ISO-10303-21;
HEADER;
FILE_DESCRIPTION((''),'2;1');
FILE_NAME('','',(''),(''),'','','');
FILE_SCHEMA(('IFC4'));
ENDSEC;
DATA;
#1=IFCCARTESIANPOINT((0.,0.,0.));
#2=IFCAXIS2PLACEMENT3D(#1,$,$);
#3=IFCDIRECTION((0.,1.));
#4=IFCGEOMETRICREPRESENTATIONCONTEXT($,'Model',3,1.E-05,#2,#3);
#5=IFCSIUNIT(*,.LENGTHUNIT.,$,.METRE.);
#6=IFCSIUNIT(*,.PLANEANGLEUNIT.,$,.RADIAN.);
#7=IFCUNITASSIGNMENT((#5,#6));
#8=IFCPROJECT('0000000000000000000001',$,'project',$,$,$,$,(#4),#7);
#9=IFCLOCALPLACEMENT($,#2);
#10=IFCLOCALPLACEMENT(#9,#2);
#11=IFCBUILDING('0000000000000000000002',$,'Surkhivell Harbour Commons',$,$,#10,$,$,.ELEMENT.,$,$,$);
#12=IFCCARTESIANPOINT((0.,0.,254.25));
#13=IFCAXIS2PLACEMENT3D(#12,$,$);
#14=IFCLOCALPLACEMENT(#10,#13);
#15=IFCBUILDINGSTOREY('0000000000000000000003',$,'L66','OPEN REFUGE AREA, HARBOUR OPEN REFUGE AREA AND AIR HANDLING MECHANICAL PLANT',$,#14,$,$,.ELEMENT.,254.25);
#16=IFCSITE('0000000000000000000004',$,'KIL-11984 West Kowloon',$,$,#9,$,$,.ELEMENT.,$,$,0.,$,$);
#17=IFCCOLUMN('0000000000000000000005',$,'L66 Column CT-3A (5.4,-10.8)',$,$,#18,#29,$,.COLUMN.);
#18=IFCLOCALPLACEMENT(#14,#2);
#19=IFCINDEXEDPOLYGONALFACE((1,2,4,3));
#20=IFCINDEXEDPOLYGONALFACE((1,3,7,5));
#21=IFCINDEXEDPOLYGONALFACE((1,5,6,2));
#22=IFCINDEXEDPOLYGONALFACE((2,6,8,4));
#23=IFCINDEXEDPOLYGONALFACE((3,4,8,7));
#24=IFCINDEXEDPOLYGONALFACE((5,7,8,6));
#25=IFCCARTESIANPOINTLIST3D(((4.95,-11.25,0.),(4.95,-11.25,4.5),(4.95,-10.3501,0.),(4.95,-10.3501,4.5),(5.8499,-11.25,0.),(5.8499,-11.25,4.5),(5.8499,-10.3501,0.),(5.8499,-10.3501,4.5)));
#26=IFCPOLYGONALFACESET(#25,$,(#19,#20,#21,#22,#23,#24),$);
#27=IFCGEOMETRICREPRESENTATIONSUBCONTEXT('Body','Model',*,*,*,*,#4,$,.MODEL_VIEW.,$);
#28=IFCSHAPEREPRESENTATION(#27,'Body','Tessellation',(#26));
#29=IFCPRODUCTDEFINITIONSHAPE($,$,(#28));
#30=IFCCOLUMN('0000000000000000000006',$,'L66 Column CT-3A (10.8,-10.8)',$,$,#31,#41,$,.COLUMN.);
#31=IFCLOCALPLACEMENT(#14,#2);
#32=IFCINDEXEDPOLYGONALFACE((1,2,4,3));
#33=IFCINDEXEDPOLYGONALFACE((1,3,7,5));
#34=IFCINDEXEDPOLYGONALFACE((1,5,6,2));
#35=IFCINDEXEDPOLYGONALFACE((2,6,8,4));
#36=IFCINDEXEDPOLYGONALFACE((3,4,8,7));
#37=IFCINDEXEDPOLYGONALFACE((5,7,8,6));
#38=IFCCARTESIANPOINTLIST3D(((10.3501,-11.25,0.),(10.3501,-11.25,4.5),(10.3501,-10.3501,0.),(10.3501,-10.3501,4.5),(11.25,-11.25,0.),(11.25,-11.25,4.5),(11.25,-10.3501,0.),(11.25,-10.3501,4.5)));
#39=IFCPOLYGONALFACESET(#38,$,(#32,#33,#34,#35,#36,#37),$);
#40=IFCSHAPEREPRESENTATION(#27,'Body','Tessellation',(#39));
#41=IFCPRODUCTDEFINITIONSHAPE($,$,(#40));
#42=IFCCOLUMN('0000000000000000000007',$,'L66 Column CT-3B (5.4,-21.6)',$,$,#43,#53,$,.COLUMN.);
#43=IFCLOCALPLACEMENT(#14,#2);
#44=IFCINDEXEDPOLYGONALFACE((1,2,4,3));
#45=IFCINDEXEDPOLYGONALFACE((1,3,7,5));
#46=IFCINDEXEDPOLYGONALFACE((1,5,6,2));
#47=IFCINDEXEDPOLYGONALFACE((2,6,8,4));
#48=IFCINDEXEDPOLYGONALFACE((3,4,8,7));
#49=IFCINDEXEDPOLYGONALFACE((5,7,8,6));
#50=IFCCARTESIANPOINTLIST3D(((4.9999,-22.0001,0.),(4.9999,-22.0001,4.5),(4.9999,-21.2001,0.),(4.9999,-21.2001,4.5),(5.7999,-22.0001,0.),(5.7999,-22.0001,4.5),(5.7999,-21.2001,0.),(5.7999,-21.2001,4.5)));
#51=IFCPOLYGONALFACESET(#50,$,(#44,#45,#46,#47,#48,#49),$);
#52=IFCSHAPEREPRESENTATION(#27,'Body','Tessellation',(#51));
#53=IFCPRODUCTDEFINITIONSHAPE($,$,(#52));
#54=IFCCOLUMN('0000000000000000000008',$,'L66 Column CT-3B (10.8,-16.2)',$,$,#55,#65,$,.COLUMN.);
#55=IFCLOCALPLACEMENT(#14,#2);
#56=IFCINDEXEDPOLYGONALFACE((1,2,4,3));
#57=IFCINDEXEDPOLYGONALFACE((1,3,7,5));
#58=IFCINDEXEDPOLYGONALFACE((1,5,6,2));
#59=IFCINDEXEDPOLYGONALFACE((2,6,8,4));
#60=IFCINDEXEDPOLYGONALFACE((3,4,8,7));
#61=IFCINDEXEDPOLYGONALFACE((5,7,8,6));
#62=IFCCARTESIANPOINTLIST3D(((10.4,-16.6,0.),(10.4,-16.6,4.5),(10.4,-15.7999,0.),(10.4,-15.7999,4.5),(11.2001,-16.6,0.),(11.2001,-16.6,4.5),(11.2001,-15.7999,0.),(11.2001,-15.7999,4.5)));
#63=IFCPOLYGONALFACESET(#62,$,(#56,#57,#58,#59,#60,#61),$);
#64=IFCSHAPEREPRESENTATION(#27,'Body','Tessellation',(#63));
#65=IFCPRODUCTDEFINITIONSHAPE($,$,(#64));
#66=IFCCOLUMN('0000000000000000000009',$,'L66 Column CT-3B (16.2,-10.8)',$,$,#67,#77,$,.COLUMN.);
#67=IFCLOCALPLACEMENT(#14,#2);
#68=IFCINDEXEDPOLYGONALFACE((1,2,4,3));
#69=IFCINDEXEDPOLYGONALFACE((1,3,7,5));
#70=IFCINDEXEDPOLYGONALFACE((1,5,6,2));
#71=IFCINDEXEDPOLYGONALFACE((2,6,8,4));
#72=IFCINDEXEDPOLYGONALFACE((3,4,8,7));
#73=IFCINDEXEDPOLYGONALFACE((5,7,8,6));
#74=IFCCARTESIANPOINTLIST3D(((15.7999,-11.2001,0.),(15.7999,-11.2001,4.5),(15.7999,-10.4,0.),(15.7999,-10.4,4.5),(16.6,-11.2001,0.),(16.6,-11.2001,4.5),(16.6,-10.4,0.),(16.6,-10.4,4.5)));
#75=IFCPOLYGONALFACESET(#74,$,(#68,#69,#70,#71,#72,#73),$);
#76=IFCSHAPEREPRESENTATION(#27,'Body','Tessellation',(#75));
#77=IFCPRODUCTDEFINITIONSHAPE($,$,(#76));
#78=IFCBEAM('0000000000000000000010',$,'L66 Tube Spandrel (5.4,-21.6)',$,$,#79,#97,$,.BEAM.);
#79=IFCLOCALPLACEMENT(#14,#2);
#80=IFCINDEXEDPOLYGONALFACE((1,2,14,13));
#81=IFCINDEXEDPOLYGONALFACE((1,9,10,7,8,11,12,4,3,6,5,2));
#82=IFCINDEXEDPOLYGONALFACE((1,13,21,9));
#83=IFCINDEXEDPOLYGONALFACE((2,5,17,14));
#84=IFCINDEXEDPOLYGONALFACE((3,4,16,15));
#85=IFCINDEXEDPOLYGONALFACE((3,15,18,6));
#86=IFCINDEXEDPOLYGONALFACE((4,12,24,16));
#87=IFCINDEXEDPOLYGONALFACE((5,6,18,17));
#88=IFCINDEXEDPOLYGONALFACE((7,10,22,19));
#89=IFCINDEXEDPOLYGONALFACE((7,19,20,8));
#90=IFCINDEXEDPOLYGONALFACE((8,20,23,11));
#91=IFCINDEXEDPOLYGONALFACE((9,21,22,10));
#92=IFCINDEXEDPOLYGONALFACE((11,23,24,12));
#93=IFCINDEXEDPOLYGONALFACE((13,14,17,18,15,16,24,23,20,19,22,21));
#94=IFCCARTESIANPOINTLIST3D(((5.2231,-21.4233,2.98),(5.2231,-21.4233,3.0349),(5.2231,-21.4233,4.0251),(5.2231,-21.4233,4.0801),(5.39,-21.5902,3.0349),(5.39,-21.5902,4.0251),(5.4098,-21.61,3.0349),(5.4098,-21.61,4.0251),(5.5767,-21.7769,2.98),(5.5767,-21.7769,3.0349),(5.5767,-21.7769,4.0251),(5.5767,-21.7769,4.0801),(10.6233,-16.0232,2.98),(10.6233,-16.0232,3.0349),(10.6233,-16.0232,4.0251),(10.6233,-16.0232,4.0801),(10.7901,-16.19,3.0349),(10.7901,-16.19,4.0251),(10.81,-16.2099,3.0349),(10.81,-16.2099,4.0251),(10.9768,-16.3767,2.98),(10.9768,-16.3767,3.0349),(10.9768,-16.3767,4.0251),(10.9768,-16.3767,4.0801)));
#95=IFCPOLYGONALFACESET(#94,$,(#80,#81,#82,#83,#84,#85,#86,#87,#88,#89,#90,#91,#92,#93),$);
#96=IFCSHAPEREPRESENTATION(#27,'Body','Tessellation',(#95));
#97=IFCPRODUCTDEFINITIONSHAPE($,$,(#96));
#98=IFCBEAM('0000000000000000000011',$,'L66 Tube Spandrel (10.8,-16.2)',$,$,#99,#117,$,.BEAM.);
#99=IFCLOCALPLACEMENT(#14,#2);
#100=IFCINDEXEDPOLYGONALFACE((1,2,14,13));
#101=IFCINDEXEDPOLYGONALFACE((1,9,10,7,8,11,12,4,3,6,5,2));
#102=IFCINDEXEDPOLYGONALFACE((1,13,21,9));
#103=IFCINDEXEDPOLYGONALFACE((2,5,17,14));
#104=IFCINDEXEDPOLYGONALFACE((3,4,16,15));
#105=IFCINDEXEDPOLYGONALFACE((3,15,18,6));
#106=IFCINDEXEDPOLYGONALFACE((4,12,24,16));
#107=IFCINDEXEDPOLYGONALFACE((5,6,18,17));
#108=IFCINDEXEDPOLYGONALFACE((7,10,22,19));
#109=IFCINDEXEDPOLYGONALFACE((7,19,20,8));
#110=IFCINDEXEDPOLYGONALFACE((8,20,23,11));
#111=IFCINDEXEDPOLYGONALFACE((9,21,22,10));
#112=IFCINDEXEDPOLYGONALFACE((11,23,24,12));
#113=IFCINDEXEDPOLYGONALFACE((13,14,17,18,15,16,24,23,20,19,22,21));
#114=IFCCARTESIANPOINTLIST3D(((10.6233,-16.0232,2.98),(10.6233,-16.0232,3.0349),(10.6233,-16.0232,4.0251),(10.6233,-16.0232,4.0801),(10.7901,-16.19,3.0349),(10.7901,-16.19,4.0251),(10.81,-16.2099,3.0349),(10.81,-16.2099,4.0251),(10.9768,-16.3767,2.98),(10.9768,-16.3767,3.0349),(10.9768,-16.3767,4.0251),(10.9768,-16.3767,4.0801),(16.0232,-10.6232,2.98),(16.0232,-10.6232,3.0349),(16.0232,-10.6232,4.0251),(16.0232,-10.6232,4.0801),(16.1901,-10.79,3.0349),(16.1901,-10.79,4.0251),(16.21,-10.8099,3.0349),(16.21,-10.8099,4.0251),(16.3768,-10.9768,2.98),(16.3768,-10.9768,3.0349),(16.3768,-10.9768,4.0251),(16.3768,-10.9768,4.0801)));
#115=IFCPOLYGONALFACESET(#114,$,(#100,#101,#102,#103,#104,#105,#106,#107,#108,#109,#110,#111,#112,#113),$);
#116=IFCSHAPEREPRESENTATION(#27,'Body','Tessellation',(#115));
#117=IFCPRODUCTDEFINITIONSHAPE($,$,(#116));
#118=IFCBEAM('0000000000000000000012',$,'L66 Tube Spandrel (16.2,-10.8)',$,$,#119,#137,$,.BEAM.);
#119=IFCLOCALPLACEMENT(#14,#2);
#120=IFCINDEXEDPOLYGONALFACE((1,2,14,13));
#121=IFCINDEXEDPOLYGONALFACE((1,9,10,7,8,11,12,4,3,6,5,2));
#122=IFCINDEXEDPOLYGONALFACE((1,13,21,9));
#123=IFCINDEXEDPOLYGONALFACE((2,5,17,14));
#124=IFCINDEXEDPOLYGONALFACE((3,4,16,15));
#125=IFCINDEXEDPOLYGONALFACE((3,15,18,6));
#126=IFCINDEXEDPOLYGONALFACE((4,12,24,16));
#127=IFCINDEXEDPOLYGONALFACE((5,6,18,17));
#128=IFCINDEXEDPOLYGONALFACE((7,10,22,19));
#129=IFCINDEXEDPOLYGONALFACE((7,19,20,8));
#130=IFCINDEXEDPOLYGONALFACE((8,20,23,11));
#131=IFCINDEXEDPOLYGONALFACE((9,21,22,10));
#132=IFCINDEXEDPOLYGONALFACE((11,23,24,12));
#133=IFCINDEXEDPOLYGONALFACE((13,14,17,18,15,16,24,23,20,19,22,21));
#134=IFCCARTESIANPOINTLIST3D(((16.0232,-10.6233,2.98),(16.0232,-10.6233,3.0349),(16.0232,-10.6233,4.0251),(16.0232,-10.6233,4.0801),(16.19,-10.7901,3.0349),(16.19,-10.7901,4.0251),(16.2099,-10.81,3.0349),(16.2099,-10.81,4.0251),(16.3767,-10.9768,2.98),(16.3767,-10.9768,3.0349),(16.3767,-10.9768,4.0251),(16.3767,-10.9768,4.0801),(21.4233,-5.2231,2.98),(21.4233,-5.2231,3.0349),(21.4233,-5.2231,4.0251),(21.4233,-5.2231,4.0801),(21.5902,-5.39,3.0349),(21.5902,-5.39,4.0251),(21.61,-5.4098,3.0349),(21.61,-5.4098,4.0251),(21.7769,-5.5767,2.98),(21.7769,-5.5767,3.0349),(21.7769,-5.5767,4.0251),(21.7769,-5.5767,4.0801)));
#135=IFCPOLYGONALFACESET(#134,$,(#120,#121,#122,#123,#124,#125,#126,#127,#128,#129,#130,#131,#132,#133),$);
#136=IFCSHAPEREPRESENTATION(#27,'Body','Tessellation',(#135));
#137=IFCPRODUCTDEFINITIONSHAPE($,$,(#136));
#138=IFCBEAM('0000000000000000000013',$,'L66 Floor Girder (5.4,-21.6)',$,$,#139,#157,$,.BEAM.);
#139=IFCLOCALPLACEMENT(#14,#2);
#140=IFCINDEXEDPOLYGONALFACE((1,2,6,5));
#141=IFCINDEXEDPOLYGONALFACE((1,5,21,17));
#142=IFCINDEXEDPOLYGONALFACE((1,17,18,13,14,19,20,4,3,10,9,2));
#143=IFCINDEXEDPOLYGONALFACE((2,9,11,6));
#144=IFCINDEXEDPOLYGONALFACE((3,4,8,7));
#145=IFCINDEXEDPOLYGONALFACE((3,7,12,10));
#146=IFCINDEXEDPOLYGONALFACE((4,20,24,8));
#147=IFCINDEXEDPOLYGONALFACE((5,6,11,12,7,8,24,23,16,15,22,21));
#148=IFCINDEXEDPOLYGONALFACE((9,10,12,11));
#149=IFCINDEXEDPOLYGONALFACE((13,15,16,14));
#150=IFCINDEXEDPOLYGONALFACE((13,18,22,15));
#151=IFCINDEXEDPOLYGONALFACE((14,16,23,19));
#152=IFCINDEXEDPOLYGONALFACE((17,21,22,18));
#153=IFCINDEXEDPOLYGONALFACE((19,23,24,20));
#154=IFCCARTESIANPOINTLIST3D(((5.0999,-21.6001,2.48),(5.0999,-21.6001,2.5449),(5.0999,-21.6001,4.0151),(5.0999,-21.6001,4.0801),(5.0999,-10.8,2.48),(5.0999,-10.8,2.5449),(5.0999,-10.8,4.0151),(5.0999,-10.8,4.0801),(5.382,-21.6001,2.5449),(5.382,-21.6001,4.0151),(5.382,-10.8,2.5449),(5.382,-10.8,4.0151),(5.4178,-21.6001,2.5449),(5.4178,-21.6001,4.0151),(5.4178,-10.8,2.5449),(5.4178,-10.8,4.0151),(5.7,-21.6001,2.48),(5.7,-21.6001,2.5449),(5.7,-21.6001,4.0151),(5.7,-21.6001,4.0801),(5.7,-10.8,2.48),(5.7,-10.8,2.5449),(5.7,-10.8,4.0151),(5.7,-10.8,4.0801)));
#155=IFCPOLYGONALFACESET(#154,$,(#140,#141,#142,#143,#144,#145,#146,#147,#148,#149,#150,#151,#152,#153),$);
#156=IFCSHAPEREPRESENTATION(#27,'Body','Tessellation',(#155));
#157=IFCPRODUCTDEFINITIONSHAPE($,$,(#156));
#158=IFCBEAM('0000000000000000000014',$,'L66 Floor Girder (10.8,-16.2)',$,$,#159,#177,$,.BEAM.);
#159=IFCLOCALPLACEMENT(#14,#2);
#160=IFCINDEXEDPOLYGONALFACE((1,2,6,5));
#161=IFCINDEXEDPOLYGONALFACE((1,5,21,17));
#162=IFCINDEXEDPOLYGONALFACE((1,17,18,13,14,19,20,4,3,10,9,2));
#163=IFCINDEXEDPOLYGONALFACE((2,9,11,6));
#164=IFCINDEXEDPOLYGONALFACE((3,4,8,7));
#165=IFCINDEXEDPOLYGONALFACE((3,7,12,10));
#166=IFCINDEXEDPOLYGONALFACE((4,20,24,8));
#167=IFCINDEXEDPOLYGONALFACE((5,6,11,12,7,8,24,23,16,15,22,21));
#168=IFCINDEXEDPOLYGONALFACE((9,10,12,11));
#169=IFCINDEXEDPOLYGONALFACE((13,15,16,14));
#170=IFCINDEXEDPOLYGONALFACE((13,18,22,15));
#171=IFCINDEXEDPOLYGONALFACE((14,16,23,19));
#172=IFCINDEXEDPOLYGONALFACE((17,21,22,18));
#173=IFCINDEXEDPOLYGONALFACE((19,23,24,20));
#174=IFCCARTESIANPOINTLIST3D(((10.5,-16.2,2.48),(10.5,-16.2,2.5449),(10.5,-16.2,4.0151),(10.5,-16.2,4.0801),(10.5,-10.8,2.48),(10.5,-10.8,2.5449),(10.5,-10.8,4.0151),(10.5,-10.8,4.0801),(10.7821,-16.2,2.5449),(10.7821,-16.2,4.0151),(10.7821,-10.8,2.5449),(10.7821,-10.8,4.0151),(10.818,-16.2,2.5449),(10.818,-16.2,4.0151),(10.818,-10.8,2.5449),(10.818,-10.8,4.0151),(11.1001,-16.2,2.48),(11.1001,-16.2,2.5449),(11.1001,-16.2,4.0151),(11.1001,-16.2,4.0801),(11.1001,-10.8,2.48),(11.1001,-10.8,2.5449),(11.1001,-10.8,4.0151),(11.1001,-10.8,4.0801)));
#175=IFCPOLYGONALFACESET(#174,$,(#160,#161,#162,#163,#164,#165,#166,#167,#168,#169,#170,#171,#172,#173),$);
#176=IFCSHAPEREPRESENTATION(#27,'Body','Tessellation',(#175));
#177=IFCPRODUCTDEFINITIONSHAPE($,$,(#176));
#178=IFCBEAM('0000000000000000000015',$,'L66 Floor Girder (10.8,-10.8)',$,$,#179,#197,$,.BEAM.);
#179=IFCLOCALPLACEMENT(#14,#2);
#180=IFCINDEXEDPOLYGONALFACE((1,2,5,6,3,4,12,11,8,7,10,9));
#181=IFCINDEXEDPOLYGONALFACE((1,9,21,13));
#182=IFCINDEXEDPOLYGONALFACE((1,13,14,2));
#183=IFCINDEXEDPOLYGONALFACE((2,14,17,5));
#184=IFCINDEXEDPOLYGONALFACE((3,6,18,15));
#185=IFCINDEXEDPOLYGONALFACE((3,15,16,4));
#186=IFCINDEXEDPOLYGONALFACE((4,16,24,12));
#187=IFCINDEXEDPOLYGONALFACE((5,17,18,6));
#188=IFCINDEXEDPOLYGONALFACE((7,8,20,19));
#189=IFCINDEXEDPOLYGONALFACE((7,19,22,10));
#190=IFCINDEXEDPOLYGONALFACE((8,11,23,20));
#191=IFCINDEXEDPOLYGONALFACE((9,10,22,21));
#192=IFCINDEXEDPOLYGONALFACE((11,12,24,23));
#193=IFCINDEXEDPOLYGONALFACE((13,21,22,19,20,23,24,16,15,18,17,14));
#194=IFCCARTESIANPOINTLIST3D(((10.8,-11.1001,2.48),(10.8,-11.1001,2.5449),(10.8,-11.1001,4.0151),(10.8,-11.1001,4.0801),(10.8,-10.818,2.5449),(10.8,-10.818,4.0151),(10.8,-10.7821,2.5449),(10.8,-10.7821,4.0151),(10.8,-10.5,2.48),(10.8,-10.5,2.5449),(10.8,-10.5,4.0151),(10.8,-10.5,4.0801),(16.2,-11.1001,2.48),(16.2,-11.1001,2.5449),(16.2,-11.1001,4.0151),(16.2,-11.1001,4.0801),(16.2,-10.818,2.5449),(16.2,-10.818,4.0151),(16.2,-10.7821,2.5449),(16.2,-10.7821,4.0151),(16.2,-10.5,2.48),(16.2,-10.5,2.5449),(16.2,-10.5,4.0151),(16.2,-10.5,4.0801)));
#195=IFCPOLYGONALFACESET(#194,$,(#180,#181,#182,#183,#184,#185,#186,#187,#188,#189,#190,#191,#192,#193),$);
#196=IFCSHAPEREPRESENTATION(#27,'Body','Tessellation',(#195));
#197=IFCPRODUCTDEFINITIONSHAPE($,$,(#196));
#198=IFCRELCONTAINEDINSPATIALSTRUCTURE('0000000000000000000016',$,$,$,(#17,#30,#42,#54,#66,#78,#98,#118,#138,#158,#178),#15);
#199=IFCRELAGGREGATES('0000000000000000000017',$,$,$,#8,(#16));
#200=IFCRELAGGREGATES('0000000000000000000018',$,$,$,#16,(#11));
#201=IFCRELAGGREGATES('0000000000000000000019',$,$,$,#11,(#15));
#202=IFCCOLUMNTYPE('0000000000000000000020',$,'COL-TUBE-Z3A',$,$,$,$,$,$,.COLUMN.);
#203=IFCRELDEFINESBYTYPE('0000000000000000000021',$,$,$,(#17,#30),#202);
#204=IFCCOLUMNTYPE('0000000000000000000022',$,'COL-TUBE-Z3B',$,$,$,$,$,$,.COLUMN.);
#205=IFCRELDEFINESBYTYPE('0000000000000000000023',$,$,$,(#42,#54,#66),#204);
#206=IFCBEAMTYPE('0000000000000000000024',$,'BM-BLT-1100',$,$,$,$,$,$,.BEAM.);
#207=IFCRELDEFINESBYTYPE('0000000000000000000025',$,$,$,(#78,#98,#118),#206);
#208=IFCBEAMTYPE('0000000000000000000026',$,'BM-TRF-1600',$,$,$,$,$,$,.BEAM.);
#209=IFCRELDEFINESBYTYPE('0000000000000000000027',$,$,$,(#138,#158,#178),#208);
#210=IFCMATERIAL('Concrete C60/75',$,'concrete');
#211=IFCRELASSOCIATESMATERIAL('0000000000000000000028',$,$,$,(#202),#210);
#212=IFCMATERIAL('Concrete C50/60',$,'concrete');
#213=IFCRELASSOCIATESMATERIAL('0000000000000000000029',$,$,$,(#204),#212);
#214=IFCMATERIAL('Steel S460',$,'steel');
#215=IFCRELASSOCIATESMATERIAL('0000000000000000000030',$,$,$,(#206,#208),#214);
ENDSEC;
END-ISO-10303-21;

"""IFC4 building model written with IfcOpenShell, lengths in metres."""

from ifc_helpers import new_model, si_unit, direction, frame, origin, origin_2d, place, context, subcontext, project, spatial, rectangle, i_section, extrude, material, material_profile, profile_set, type_object, element, save


model = new_model("IFC4")

# Units and contexts
model_context = context("Model", 3, precision=1e-05, world=origin(), true_north=direction((0.0, 1.0)))
body_context = subcontext(model_context, "Body", "Model", "MODEL_VIEW")
ifc_project = project(units=[si_unit("LENGTHUNIT", "METRE"), si_unit("PLANEANGLEUNIT", "RADIAN")], contexts=[model_context])

# Site, building, storey
site_placement = place(None, origin())
site = spatial("IfcSite", under=ifc_project, at=site_placement, Name="KIL-11984 West Kowloon", CompositionType="ELEMENT", RefElevation=0.0)
building_placement = place(site_placement, origin())
building = spatial("IfcBuilding", under=site, at=building_placement, Name="Surkhivell Harbour Commons", CompositionType="ELEMENT")
storey_placement = place(building_placement, frame((0.0, 0.0, 254.25)))
storey = spatial("IfcBuildingStorey", under=building, at=storey_placement, Name="L66", Description="OPEN REFUGE AREA, HARBOUR OPEN REFUGE AREA AND AIR HANDLING MECHANICAL PLANT", CompositionType="ELEMENT", Elevation=254.25)

# Columns
ifc_material_1 = material(Name="Concrete C60/75", Category="concrete")
ifc_material_profile_1 = material_profile(ifc_material_1, rectangle(XDim=0.8999, YDim=0.8999, at=origin_2d()), Name="RC-COL-900x900")
ifc_profile_set_1 = profile_set([ifc_material_profile_1], Name="Concrete C60/75")
column_type_1 = type_object("IfcColumnType", Name="COL-TUBE-Z3A", PredefinedType="COLUMN", material=ifc_profile_set_1)
for number, where, z_axis, x_axis, name in (
    (1, (5.3999, -10.8, 0.0), (0.0, 0.0, 1.0), (1.0, 0.0, 0.0), "L66 Column CT-3A (5.4,-10.8)"),
    (2, (10.8, -10.8, 0.0), (0.0, 0.0, 1.0), (1.0, 0.0, 0.0), "L66 Column CT-3A (10.8,-10.8)"),
):
    element("IfcColumn", number, at=place(storey_placement, frame(where, z_axis=z_axis, x_axis=x_axis)), inside=storey, type_object=column_type_1, Name=name, PredefinedType="COLUMN", context=body_context, shape_type="SweptSolid", body=[
        extrude(rectangle(XDim=0.8999, YDim=0.8999, at=origin_2d()), origin(), (0.0, 0.0, 1.0), 4.5),
    ])
ifc_material_2 = material(Name="Concrete C50/60", Category="concrete")
ifc_material_profile_2 = material_profile(ifc_material_2, rectangle(XDim=0.8, YDim=0.8, at=origin_2d()), Name="RC-COL-800x800")
ifc_profile_set_2 = profile_set([ifc_material_profile_2], Name="Concrete C50/60")
column_type_2 = type_object("IfcColumnType", Name="COL-TUBE-Z3B", PredefinedType="COLUMN", material=ifc_profile_set_2)
for number, where, z_axis, x_axis, name in (
    (3, (5.3999, -21.6001, 0.0), (0.0, 0.0, 1.0), (1.0, 0.0, 0.0), "L66 Column CT-3B (5.4,-21.6)"),
    (4, (10.8, -16.2, 0.0), (0.0, 0.0, 1.0), (1.0, 0.0, 0.0), "L66 Column CT-3B (10.8,-16.2)"),
    (5, (16.2, -10.8, 0.0), (0.0, 0.0, 1.0), (1.0, 0.0, 0.0), "L66 Column CT-3B (16.2,-10.8)"),
):
    element("IfcColumn", number, at=place(storey_placement, frame(where, z_axis=z_axis, x_axis=x_axis)), inside=storey, type_object=column_type_2, Name=name, PredefinedType="COLUMN", context=body_context, shape_type="SweptSolid", body=[
        extrude(rectangle(XDim=0.8, YDim=0.8, at=origin_2d()), origin(), (0.0, 0.0, 1.0), 4.5),
    ])

# Beams
ifc_material_3 = material(Name="Steel S460", Category="steel")
ifc_material_profile_3 = material_profile(ifc_material_3, i_section(OverallWidth=0.5, OverallDepth=1.1001, WebThickness=0.0281, FlangeThickness=0.0549, at=origin_2d()), Name="WPG1100x500x210")
ifc_profile_set_3 = profile_set([ifc_material_profile_3], Name="Steel S460")
beam_type_1 = type_object("IfcBeamType", Name="BM-BLT-1100", PredefinedType="BEAM", material=ifc_profile_set_3)
beam_1_placement = place(storey_placement, frame((5.3999, -21.6001, 3.53), z_axis=(0.707107, 0.707107, 0.0), x_axis=(-0.707107, 0.707107, 0.0)))
element("IfcBeam", 6, at=beam_1_placement, inside=storey, type_object=beam_type_1, Name="L66 Tube Spandrel (5.4,-21.6)", PredefinedType="BEAM", context=body_context, shape_type="SweptSolid", body=[
    extrude(i_section(OverallWidth=0.5, OverallDepth=1.1001, WebThickness=0.0281, FlangeThickness=0.0549, at=origin_2d()), origin(), (0.0, 0.0, 1.0), 7.637),
])
beam_2_placement = place(storey_placement, frame((10.8, -16.2, 3.53), z_axis=(0.707107, 0.707107, 0.0), x_axis=(-0.707107, 0.707107, 0.0)))
element("IfcBeam", 7, at=beam_2_placement, inside=storey, type_object=beam_type_1, Name="L66 Tube Spandrel (10.8,-16.2)", PredefinedType="BEAM", context=body_context, shape_type="SweptSolid", body=[
    extrude(i_section(OverallWidth=0.5, OverallDepth=1.1001, WebThickness=0.0281, FlangeThickness=0.0549, at=origin_2d()), origin(), (0.0, 0.0, 1.0), 7.6367),
])
beam_3_placement = place(storey_placement, frame((16.2, -10.8, 3.53), z_axis=(0.707107, 0.707107, 0.0), x_axis=(-0.707107, 0.707107, 0.0)))
element("IfcBeam", 8, at=beam_3_placement, inside=storey, type_object=beam_type_1, Name="L66 Tube Spandrel (16.2,-10.8)", PredefinedType="BEAM", context=body_context, shape_type="SweptSolid", body=[
    extrude(i_section(OverallWidth=0.5, OverallDepth=1.1001, WebThickness=0.0281, FlangeThickness=0.0549, at=origin_2d()), origin(), (0.0, 0.0, 1.0), 7.637),
])
ifc_material_profile_4 = material_profile(ifc_material_3, i_section(OverallWidth=0.6001, OverallDepth=1.6001, WebThickness=0.0359, FlangeThickness=0.0649, at=origin_2d()), Name="WPG1600x600x296")
ifc_profile_set_4 = profile_set([ifc_material_profile_4], Name="Steel S460")
beam_type_2 = type_object("IfcBeamType", Name="BM-TRF-1600", PredefinedType="BEAM", material=ifc_profile_set_4)
beam_4_placement = place(storey_placement, frame((5.3999, -21.6001, 3.28), z_axis=(0.0, 1.0, 0.0), x_axis=(-1.0, 0.0, 0.0)))
element("IfcBeam", 9, at=beam_4_placement, inside=storey, type_object=beam_type_2, Name="L66 Floor Girder (5.4,-21.6)", PredefinedType="BEAM", context=body_context, shape_type="SweptSolid", body=[
    extrude(i_section(OverallWidth=0.6001, OverallDepth=1.6001, WebThickness=0.0359, FlangeThickness=0.0649, at=origin_2d()), origin(), (0.0, 0.0, 1.0), 10.8),
])
for number, where, z_axis, x_axis, name in (
    (10, (10.8, -16.2, 3.28), (0.0, 1.0, 0.0), (-1.0, 0.0, 0.0), "L66 Floor Girder (10.8,-16.2)"),
    (11, (10.8, -10.8, 3.28), (1.0, 0.0, 0.0), (0.0, 1.0, 0.0), "L66 Floor Girder (10.8,-10.8)"),
):
    element("IfcBeam", number, at=place(storey_placement, frame(where, z_axis=z_axis, x_axis=x_axis)), inside=storey, type_object=beam_type_2, Name=name, PredefinedType="BEAM", context=body_context, shape_type="SweptSolid", body=[
        extrude(i_section(OverallWidth=0.6001, OverallDepth=1.6001, WebThickness=0.0359, FlangeThickness=0.0649, at=origin_2d()), origin(), (0.0, 0.0, 1.0), 5.3999),
    ])

save(model, "model.ifc")
